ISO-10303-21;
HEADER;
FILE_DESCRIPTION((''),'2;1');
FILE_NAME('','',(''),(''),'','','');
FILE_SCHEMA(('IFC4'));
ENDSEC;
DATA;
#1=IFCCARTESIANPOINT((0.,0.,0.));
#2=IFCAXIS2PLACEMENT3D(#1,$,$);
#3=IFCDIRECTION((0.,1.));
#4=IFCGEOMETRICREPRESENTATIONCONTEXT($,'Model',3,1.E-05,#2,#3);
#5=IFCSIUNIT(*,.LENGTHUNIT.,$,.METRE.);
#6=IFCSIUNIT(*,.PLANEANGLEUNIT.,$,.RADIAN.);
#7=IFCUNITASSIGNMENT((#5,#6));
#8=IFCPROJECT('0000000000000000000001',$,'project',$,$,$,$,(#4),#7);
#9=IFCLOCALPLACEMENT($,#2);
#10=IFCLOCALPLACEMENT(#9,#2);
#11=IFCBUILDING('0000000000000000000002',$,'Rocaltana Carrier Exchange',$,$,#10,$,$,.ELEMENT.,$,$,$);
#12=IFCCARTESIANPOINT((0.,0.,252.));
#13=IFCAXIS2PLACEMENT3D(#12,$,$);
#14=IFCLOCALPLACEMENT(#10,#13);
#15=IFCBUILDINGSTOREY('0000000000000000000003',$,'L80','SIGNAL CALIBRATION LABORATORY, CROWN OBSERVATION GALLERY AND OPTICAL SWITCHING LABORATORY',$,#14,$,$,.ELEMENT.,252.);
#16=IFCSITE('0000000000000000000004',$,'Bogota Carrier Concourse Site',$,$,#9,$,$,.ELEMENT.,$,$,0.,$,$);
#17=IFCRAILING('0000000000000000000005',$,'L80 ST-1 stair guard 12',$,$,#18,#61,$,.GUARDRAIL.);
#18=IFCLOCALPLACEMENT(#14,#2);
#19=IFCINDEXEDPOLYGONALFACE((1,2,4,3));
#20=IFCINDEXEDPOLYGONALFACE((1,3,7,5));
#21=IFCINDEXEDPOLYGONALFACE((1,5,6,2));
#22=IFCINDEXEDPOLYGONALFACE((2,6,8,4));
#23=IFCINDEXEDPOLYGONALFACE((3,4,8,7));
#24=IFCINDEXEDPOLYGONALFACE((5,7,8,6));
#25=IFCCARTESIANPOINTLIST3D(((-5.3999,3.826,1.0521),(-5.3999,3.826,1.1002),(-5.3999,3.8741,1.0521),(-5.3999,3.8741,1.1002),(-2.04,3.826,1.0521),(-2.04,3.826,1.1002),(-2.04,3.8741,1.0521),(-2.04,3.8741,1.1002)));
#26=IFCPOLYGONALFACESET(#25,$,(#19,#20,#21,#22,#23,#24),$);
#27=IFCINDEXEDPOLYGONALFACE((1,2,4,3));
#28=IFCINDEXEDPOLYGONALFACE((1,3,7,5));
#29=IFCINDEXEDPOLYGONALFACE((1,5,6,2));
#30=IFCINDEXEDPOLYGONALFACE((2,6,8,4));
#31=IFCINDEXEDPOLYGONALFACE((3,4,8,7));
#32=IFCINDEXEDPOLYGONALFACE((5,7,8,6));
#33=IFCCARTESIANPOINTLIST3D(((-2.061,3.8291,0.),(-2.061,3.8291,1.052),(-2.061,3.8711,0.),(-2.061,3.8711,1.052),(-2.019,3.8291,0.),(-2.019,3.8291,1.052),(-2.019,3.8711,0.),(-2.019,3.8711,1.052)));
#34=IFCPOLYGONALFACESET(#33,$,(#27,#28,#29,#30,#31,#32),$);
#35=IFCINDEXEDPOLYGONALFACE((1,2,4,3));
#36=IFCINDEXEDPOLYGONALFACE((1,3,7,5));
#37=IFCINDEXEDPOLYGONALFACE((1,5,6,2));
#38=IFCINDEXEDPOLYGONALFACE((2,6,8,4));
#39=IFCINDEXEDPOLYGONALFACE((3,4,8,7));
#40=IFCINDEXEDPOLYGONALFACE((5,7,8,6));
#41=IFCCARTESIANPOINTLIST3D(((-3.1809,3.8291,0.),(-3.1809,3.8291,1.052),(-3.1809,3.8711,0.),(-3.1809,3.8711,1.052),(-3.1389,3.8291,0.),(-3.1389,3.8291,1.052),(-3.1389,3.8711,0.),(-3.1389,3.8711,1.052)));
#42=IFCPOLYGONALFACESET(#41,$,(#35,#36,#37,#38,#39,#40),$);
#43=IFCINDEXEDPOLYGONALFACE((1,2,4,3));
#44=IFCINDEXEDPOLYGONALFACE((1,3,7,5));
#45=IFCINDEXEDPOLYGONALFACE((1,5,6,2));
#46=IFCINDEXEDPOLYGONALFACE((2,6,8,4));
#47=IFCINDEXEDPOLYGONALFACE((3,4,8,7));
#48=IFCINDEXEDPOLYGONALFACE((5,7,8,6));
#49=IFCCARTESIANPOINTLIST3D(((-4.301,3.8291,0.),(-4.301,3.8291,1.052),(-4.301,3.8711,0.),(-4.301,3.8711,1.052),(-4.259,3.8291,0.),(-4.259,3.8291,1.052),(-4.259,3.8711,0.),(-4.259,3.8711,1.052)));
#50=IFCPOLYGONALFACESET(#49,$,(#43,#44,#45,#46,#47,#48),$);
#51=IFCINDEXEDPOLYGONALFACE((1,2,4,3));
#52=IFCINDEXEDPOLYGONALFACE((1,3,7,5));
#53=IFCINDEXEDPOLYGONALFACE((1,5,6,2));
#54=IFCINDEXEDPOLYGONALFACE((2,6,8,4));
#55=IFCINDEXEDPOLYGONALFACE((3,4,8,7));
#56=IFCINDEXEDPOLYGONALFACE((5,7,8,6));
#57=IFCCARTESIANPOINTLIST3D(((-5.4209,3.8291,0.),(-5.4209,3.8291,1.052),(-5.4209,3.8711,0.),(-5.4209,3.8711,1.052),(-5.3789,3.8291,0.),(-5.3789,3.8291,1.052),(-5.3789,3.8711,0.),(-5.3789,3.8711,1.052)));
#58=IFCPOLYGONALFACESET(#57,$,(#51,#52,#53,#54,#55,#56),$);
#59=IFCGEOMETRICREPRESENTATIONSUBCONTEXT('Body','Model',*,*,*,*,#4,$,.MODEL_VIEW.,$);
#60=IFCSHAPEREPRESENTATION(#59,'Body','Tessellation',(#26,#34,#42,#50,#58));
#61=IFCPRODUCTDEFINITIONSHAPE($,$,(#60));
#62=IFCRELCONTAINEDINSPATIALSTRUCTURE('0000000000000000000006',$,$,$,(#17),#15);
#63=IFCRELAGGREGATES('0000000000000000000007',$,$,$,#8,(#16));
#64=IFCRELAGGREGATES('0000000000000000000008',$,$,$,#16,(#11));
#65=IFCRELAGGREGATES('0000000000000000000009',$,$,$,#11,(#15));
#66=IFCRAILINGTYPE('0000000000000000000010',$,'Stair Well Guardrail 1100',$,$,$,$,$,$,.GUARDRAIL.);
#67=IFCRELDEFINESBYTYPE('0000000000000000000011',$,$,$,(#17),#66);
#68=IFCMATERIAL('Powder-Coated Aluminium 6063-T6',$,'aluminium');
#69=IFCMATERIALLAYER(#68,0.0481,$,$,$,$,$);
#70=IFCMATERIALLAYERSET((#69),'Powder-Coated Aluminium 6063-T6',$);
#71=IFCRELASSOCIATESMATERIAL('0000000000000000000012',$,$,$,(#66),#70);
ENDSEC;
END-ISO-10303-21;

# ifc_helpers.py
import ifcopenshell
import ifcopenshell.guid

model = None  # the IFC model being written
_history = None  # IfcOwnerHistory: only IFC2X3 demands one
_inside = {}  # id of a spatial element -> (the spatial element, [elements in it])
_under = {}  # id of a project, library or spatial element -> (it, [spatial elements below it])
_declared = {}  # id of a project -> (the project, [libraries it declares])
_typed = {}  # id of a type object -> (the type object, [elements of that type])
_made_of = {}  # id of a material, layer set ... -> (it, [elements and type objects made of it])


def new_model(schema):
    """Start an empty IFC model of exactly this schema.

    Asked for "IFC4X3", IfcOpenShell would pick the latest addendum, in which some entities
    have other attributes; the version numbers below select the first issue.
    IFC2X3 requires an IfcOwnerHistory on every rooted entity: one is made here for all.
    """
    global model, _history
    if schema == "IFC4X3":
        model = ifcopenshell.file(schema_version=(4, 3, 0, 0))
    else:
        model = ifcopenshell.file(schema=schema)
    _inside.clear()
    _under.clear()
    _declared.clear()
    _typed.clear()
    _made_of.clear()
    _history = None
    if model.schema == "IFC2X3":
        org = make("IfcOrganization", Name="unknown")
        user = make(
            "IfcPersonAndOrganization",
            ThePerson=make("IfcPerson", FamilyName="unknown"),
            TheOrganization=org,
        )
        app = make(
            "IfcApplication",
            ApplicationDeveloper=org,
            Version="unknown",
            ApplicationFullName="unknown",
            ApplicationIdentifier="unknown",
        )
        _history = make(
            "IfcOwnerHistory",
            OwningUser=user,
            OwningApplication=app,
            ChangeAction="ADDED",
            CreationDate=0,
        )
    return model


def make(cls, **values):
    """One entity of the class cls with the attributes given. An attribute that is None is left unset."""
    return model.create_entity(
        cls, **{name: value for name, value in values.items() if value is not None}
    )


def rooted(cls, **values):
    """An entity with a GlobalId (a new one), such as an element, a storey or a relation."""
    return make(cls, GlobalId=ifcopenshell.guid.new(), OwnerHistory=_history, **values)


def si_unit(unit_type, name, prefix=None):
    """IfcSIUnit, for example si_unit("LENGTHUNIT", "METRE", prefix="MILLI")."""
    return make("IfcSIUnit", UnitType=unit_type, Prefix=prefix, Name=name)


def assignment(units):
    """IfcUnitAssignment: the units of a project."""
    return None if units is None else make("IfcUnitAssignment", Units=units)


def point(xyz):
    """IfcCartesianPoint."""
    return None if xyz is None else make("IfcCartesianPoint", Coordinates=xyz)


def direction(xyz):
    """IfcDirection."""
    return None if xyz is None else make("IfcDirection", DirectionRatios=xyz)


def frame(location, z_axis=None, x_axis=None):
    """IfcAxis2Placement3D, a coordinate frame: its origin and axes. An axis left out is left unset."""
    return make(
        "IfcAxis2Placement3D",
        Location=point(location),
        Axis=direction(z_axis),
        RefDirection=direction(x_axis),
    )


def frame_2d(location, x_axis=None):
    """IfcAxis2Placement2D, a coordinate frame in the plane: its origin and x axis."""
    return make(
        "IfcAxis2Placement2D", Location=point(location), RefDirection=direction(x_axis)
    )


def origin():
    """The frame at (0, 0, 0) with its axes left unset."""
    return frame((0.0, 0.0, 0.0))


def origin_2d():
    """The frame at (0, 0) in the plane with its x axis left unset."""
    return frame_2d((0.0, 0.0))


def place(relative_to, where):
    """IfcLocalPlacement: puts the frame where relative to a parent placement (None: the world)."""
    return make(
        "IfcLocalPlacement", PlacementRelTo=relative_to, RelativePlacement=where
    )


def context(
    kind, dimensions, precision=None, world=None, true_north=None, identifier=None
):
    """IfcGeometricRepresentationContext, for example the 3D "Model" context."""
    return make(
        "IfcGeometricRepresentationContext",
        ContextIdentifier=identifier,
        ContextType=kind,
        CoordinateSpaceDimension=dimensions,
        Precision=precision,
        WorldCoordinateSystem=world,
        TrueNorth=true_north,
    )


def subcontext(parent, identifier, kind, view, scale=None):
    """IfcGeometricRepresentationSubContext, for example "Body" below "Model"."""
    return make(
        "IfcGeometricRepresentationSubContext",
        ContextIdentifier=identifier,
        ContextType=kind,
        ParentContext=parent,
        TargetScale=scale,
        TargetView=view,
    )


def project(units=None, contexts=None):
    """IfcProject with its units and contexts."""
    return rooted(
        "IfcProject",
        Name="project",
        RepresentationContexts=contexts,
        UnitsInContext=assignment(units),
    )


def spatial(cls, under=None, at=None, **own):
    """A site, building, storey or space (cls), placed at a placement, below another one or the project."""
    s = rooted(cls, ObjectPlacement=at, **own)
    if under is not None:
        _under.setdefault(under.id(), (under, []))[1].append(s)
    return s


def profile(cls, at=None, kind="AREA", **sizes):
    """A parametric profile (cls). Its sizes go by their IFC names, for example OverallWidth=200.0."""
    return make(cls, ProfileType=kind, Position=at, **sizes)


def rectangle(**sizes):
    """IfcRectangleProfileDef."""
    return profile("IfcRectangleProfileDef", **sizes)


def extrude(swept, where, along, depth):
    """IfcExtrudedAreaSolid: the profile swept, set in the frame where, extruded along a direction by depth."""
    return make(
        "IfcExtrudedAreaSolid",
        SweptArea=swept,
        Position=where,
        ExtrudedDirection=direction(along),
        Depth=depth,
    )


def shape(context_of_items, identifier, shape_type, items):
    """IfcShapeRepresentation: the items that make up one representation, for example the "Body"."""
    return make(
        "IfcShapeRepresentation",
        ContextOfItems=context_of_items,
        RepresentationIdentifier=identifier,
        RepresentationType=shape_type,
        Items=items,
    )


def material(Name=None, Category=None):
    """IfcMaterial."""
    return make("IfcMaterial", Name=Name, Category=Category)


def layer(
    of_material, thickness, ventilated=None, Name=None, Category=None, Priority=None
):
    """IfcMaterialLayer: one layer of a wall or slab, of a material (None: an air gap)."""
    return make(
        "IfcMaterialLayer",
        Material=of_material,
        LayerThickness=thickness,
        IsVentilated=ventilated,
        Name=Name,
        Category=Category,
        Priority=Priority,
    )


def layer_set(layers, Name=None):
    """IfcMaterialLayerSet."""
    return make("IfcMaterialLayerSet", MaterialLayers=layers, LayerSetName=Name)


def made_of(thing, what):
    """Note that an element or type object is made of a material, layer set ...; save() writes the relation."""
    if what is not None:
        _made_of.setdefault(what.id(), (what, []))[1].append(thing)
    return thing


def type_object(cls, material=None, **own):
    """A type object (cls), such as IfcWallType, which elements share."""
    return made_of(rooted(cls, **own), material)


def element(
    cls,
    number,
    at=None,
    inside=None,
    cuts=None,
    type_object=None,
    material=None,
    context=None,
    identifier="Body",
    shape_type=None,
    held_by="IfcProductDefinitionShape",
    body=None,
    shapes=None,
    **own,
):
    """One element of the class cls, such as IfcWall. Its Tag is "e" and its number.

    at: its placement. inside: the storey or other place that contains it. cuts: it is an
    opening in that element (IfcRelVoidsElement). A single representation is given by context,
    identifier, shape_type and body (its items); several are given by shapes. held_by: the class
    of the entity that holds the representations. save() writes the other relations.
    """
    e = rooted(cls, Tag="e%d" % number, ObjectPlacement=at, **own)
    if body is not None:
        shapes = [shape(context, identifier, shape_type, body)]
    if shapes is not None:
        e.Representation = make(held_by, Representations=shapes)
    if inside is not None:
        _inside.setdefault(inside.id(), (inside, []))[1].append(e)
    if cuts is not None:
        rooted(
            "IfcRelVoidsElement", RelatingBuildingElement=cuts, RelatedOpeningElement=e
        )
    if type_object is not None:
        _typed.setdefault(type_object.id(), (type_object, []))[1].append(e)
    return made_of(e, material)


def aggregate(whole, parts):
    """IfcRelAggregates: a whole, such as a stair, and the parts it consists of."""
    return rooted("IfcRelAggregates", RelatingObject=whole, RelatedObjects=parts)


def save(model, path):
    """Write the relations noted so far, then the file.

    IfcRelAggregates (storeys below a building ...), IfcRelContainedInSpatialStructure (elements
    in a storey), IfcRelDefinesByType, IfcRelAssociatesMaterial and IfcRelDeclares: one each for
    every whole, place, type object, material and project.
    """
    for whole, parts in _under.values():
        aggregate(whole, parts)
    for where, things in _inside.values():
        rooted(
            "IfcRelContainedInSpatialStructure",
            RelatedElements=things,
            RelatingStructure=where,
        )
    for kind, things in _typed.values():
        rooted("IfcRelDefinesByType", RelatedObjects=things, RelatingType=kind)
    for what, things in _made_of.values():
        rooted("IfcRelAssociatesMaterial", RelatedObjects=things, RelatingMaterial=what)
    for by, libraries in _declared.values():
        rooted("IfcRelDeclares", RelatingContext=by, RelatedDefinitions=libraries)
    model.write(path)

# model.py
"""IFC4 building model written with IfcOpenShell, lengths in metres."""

from ifc_helpers import new_model, si_unit, direction, frame, origin, origin_2d, place, context, subcontext, project, spatial, rectangle, extrude, material, layer, layer_set, type_object, element, save


model = new_model("IFC4")

# Units and contexts
model_context = context("Model", 3, precision=1e-05, world=origin(), true_north=direction((0.0, 1.0)))
body_context = subcontext(model_context, "Body", "Model", "MODEL_VIEW")
ifc_project = project(units=[si_unit("LENGTHUNIT", "METRE"), si_unit("PLANEANGLEUNIT", "RADIAN")], contexts=[model_context])

# Site, building, storey
site_placement = place(None, origin())
site = spatial("IfcSite", under=ifc_project, at=site_placement, Name="Bogota Carrier Concourse Site", CompositionType="ELEMENT", RefElevation=0.0)
building_placement = place(site_placement, origin())
building = spatial("IfcBuilding", under=site, at=building_placement, Name="Rocaltana Carrier Exchange", CompositionType="ELEMENT")
storey_placement = place(building_placement, frame((0.0, 0.0, 252.0)))
storey = spatial("IfcBuildingStorey", under=building, at=storey_placement, Name="L80", Description="SIGNAL CALIBRATION LABORATORY, CROWN OBSERVATION GALLERY AND OPTICAL SWITCHING LABORATORY", CompositionType="ELEMENT", Elevation=252.0)

# Railing
ifc_material_1 = material(Name="Powder-Coated Aluminium 6063-T6", Category="aluminium")
ifc_layer_1 = layer(ifc_material_1, 0.0481)
ifc_layer_set_1 = layer_set([ifc_layer_1], Name="Powder-Coated Aluminium 6063-T6")
railing_type_1 = type_object("IfcRailingType", Name="Stair Well Guardrail 1100", PredefinedType="GUARDRAIL", material=ifc_layer_set_1)
railing_1_placement = place(storey_placement, frame((-2.04, 3.8501, 0.0)))
element("IfcRailing", 1, at=railing_1_placement, inside=storey, type_object=railing_type_1, Name="L80 ST-1 stair guard 12", PredefinedType="GUARDRAIL", context=body_context, shape_type="SweptSolid", body=[
    extrude(rectangle(XDim=0.0481, YDim=0.0481, at=origin_2d()), frame((0.0, 0.0, 1.0762), z_axis=(-1.0, 0.0, 0.0), x_axis=(0.0, -1.0, 0.0)), (0.0, 0.0, 1.0), 3.3599),
    extrude(rectangle(XDim=0.042, YDim=0.042, at=origin_2d()), origin(), (0.0, 0.0, 1.0), 1.052),
    extrude(rectangle(XDim=0.042, YDim=0.042, at=origin_2d()), frame((-1.1199, 0.0, 0.0)), (0.0, 0.0, 1.0), 1.052),
    extrude(rectangle(XDim=0.042, YDim=0.042, at=origin_2d()), frame((-2.24, 0.0, 0.0)), (0.0, 0.0, 1.0), 1.052),
    extrude(rectangle(XDim=0.042, YDim=0.042, at=origin_2d()), frame((-3.3599, 0.0, 0.0)), (0.0, 0.0, 1.0), 1.052),
])

save(model, "model.ifc")
